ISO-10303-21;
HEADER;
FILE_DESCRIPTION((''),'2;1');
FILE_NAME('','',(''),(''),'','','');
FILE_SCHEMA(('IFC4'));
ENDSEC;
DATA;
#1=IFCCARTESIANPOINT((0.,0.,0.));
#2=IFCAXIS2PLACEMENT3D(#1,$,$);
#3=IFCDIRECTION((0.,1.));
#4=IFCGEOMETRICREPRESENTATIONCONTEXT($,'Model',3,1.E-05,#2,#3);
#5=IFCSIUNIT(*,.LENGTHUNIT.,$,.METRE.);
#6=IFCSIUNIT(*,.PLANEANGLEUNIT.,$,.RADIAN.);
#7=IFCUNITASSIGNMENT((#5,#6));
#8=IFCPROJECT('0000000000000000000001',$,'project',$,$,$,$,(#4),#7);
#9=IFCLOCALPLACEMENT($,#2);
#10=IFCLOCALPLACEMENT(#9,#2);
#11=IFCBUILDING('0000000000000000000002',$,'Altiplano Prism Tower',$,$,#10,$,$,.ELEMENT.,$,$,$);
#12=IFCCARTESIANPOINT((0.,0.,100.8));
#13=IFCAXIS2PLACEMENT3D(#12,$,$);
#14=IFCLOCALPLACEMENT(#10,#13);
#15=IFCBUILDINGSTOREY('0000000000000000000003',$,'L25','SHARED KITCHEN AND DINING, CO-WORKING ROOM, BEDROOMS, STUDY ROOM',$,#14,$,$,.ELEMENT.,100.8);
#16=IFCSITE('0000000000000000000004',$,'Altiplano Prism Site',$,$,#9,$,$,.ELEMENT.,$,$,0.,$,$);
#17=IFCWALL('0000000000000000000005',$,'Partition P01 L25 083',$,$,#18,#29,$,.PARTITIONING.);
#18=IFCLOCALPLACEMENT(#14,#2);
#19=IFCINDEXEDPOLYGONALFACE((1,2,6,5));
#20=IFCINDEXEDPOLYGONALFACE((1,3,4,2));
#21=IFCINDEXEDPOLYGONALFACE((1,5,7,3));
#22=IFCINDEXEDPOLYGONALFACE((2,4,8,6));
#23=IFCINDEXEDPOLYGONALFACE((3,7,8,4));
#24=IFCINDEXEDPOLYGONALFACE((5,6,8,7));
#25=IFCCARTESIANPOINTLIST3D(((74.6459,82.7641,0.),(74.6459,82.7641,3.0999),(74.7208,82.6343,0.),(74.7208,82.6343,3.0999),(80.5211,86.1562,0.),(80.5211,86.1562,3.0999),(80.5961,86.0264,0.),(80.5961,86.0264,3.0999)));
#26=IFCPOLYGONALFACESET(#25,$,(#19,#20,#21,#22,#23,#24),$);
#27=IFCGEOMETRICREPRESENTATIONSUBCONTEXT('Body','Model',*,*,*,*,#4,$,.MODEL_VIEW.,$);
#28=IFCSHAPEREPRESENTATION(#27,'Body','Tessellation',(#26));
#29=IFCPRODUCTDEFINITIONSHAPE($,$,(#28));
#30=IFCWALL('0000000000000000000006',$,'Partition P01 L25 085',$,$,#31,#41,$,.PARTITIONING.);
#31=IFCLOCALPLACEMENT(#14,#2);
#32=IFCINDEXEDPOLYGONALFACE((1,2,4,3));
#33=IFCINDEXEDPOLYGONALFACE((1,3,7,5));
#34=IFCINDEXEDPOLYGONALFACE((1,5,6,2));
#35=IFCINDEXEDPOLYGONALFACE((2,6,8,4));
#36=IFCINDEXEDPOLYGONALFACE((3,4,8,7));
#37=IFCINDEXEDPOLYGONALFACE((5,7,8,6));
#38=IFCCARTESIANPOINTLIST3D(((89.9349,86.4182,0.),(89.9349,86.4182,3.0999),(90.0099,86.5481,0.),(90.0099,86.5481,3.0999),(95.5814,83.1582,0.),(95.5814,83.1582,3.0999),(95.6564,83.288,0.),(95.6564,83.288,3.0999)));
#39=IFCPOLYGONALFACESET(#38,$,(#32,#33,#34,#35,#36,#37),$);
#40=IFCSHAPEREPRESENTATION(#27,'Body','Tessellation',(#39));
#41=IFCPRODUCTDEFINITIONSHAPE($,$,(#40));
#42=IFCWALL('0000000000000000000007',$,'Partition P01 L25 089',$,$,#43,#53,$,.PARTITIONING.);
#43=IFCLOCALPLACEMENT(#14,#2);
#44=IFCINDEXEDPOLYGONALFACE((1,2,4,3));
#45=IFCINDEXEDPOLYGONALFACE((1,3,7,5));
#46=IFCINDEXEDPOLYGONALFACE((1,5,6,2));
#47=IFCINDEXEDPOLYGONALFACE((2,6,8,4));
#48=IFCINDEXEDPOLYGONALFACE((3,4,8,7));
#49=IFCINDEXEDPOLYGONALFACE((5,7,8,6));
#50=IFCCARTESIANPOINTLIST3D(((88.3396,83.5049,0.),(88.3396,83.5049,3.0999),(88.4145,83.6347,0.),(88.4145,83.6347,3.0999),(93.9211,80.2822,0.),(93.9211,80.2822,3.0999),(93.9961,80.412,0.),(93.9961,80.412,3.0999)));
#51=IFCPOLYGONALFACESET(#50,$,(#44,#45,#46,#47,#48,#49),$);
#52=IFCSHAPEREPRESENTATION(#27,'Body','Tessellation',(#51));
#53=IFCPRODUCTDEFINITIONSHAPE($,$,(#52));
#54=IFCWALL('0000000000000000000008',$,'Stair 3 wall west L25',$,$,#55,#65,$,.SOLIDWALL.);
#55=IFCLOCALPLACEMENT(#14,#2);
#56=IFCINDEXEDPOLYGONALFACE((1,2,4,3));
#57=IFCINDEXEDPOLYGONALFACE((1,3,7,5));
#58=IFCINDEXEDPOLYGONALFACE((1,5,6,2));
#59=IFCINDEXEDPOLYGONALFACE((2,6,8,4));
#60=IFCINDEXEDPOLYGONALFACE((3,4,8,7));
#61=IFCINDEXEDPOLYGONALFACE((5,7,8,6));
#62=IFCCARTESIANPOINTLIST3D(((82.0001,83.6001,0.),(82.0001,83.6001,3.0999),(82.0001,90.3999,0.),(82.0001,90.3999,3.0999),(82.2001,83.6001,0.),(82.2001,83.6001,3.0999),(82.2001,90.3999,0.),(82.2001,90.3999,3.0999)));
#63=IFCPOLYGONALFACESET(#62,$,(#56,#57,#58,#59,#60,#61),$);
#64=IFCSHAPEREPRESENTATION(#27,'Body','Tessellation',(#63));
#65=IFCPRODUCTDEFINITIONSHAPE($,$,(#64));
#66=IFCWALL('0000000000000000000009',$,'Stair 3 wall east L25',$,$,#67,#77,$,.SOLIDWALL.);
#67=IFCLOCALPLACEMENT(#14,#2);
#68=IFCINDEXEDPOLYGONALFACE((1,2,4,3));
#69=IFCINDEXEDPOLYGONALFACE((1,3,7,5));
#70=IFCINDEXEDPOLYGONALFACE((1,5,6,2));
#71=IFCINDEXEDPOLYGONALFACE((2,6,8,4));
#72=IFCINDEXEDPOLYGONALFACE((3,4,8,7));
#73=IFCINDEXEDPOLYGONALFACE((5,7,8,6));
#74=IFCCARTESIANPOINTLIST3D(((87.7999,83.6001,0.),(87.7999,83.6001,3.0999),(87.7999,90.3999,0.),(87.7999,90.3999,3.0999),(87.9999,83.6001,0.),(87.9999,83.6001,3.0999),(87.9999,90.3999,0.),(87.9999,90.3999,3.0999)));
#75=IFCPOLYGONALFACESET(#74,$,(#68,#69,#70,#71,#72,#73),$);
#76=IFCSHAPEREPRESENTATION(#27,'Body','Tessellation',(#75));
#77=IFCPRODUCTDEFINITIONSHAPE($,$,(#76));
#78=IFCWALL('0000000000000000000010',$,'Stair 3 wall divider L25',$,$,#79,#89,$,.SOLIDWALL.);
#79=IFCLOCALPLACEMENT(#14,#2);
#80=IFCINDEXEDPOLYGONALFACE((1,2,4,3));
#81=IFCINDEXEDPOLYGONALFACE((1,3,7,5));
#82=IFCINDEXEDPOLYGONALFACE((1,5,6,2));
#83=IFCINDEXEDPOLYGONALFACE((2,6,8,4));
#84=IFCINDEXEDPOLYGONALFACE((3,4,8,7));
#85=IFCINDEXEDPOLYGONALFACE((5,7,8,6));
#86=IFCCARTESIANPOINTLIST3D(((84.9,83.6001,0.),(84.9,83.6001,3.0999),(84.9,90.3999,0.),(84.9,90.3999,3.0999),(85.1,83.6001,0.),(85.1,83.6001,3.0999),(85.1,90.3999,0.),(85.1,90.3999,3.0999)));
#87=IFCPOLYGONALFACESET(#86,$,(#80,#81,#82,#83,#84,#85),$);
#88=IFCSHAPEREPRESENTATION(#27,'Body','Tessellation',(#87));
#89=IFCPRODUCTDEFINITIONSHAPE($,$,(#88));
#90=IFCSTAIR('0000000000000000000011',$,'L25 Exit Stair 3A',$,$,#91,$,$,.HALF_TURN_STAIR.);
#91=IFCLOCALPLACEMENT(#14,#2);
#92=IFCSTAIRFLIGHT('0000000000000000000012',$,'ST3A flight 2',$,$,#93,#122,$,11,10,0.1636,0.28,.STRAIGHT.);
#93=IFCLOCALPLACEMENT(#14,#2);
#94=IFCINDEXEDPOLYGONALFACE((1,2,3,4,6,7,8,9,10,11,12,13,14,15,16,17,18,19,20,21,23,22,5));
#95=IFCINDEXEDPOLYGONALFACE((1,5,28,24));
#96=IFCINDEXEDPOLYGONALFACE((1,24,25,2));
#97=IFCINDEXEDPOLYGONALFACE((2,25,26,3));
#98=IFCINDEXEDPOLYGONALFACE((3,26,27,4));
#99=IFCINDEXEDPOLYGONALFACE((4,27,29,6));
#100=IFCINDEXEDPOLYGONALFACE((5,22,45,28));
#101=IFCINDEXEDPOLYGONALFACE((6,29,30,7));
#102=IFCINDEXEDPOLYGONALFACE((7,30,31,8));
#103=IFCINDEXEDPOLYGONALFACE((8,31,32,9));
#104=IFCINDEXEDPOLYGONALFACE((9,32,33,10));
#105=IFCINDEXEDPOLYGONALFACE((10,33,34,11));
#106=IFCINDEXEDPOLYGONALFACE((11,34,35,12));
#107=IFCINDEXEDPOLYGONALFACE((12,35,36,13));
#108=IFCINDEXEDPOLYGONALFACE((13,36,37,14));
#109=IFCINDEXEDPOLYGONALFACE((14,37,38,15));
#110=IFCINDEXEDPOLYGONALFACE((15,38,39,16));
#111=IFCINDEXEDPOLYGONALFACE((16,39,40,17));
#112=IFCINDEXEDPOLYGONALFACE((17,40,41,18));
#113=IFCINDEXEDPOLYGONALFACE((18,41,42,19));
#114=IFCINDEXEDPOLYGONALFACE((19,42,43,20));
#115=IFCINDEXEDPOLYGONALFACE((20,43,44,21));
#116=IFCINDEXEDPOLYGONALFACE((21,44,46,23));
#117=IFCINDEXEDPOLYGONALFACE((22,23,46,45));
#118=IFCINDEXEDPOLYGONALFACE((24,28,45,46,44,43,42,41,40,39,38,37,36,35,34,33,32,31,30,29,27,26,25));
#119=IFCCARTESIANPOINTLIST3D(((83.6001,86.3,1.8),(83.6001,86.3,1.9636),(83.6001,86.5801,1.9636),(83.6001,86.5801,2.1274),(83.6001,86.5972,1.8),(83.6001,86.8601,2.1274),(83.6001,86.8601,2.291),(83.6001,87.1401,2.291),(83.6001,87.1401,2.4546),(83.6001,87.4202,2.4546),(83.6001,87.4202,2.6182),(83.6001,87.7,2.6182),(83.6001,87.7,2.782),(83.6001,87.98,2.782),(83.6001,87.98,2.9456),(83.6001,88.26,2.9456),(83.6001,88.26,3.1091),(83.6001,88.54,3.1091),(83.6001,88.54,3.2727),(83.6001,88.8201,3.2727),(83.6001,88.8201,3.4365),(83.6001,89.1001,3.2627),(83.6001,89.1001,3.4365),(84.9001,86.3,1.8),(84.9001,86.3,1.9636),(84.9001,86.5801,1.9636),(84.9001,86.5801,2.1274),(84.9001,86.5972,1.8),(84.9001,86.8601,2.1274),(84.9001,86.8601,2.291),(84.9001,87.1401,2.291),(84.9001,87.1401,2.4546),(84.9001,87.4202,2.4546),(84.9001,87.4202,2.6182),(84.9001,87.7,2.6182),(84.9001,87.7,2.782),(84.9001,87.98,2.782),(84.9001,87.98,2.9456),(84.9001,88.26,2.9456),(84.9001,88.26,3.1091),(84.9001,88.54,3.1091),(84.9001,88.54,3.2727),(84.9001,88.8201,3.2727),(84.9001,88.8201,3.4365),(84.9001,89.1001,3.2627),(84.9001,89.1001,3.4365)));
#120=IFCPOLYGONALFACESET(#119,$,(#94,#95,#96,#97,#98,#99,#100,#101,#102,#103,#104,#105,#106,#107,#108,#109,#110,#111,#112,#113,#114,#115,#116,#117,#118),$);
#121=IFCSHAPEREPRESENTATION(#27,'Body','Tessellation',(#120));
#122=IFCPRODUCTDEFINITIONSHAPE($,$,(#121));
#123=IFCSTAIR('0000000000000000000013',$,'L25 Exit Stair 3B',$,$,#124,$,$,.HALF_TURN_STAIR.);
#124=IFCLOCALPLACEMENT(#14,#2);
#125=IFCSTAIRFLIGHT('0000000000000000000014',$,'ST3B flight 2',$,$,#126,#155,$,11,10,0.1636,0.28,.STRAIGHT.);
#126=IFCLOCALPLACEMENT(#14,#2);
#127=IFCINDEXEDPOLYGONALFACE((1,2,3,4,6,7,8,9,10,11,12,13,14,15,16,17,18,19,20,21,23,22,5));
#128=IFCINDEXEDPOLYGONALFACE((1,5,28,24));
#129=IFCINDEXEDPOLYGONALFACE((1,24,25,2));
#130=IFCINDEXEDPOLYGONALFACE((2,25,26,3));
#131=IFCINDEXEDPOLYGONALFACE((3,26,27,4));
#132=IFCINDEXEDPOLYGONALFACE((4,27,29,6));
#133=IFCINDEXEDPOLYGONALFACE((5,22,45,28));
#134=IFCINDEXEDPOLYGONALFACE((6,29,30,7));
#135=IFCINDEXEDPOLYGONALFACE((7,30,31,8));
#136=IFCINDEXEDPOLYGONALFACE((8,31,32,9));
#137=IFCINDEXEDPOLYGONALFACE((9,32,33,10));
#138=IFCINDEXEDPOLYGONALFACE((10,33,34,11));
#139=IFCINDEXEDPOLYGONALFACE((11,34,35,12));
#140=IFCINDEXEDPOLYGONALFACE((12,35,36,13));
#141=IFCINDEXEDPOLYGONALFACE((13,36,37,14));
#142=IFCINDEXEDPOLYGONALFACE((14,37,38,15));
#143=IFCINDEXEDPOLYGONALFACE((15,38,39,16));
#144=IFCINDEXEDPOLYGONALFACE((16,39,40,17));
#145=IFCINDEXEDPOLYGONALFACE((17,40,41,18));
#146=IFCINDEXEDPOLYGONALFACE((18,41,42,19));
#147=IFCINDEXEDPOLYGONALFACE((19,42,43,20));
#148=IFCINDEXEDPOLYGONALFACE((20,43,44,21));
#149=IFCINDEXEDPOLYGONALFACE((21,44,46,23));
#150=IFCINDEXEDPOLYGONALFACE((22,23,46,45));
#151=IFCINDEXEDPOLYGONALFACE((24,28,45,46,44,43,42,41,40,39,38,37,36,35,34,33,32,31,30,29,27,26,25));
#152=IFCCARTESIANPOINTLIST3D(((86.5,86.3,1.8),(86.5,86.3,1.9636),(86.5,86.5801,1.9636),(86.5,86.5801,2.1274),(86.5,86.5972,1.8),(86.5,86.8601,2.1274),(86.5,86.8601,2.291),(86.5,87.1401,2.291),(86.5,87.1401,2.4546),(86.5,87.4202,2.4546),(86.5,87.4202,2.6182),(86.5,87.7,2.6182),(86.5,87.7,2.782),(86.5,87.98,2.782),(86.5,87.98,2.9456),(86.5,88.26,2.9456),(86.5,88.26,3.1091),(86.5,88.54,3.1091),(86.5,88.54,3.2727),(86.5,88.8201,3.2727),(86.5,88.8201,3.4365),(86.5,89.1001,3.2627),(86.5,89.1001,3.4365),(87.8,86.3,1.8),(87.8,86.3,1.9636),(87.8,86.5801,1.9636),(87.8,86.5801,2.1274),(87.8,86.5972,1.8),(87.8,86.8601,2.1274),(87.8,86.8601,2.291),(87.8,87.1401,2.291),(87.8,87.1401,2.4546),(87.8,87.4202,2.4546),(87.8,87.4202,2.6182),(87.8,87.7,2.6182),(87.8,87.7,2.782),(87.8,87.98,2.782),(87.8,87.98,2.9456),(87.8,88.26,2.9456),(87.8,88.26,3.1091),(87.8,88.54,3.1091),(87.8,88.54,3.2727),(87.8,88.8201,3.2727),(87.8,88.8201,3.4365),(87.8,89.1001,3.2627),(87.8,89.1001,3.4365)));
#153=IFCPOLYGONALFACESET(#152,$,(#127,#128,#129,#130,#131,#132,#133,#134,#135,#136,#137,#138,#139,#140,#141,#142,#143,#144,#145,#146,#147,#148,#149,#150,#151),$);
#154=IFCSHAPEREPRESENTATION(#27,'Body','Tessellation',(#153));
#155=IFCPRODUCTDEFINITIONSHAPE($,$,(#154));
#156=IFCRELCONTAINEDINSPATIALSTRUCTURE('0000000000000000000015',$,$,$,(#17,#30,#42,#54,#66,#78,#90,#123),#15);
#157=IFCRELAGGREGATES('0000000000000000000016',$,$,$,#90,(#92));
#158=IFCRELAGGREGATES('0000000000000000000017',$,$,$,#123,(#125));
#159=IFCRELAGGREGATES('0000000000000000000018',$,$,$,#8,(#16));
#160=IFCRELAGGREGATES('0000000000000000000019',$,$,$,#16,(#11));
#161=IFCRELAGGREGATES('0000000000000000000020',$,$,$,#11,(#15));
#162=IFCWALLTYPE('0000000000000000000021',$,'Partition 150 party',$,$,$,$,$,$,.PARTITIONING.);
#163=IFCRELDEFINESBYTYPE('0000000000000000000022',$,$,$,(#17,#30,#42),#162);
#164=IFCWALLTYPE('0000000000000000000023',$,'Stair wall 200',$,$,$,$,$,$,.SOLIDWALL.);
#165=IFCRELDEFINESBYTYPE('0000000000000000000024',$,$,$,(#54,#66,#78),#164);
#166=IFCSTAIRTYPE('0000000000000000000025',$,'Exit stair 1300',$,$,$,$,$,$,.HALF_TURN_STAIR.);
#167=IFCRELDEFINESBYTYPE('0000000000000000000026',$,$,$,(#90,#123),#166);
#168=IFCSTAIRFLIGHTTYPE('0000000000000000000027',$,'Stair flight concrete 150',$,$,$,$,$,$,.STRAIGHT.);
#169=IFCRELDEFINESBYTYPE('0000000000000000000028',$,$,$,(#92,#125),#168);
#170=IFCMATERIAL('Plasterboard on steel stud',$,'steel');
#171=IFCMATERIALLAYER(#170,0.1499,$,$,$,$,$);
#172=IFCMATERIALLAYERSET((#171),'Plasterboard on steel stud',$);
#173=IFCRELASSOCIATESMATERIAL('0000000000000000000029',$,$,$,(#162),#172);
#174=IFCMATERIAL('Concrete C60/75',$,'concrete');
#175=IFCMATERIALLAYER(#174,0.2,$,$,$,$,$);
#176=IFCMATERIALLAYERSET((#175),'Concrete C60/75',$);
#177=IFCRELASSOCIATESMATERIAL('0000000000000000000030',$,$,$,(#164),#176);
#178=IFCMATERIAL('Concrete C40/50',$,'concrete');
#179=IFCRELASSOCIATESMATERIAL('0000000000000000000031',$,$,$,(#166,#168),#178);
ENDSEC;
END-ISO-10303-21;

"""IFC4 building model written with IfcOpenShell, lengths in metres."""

from ifc_helpers import new_model, si_unit, direction, frame, frame_2d, origin, place, context, subcontext, project, spatial, polyline, rectangle, outline, extrude, material, layer, layer_set, type_object, element, aggregate, save


model = new_model("IFC4")

# Units and contexts
model_context = context("Model", 3, precision=1e-05, world=origin(), true_north=direction((0.0, 1.0)))
body_context = subcontext(model_context, "Body", "Model", "MODEL_VIEW")
ifc_project = project(units=[si_unit("LENGTHUNIT", "METRE"), si_unit("PLANEANGLEUNIT", "RADIAN")], contexts=[model_context])

# Site, building, storey
site_placement = place(None, origin())
site = spatial("IfcSite", under=ifc_project, at=site_placement, Name="Altiplano Prism Site", CompositionType="ELEMENT", RefElevation=0.0)
building_placement = place(site_placement, origin())
building = spatial("IfcBuilding", under=site, at=building_placement, Name="Altiplano Prism Tower", CompositionType="ELEMENT")
storey_placement = place(building_placement, frame((0.0, 0.0, 100.8)))
storey = spatial("IfcBuildingStorey", under=building, at=storey_placement, Name="L25", Description="SHARED KITCHEN AND DINING, CO-WORKING ROOM, BEDROOMS, STUDY ROOM", CompositionType="ELEMENT", Elevation=100.8)

# Shared definitions
ifc_material_1 = material(Name="Concrete C60/75", Category="concrete")

# Shared definitions
ifc_material_2 = material(Name="Plasterboard on steel stud", Category="steel")

# Walls
ifc_layer_1 = layer(ifc_material_2, 0.1499)
ifc_layer_set_1 = layer_set([ifc_layer_1], Name="Plasterboard on steel stud")
wall_type_1 = type_object("IfcWallType", Name="Partition 150 party", PredefinedType="PARTITIONING", material=ifc_layer_set_1)
wall_1_placement = place(storey_placement, frame((80.5586, 86.0913, 0.0), z_axis=(0.0, 0.0, 1.0), x_axis=(-0.866024, -0.500002, 0.0)))
element("IfcWall", 1, at=wall_1_placement, inside=storey, type_object=wall_type_1, Name="Partition P01 L25 083", PredefinedType="PARTITIONING", context=body_context, shape_type="SweptSolid", body=[
    extrude(rectangle(XDim=6.7842, YDim=0.1499, at=frame_2d((3.3921, 0.0))), origin(), (0.0, 0.0, 1.0), 3.0999),
])
wall_2_placement = place(storey_placement, frame((89.9724, 86.4832, 0.0), z_axis=(0.0, 0.0, 1.0), x_axis=(0.866025, -0.500001, 0.0)))
element("IfcWall", 2, at=wall_2_placement, inside=storey, type_object=wall_type_1, Name="Partition P01 L25 085", PredefinedType="PARTITIONING", context=body_context, shape_type="SweptSolid", body=[
    extrude(rectangle(XDim=6.52, YDim=0.1499, at=frame_2d((3.26, 0.0))), origin(), (0.0, 0.0, 1.0), 3.0999),
])
wall_3_placement = place(storey_placement, frame((88.377, 83.5698, 0.0), z_axis=(0.0, 0.0, 1.0), x_axis=(0.866015, -0.500018, 0.0)))
element("IfcWall", 3, at=wall_3_placement, inside=storey, type_object=wall_type_1, Name="Partition P01 L25 089", PredefinedType="PARTITIONING", context=body_context, shape_type="SweptSolid", body=[
    extrude(rectangle(XDim=6.4451, YDim=0.1499, at=frame_2d((3.2227, 0.0))), origin(), (0.0, 0.0, 1.0), 3.0999),
])
ifc_layer_2 = layer(ifc_material_1, 0.2)
ifc_layer_set_2 = layer_set([ifc_layer_2], Name="Concrete C60/75")
wall_type_2 = type_object("IfcWallType", Name="Stair wall 200", PredefinedType="SOLIDWALL", material=ifc_layer_set_2)
for number, where, z_axis, x_axis, name in (
    (4, (82.1001, 83.6001, 0.0), (0.0, 0.0, 1.0), (0.0, 1.0, 0.0), "Stair 3 wall west L25"),
    (5, (87.8999, 83.6001, 0.0), (0.0, 0.0, 1.0), (0.0, 1.0, 0.0), "Stair 3 wall east L25"),
    (6, (85.0, 83.6001, 0.0), (0.0, 0.0, 1.0), (0.0, 1.0, 0.0), "Stair 3 wall divider L25"),
):
    element("IfcWall", number, at=place(storey_placement, frame(where, z_axis=z_axis, x_axis=x_axis)), inside=storey, type_object=wall_type_2, Name=name, PredefinedType="SOLIDWALL", context=body_context, shape_type="SweptSolid", body=[
        extrude(rectangle(XDim=6.7998, YDim=0.2, at=frame_2d((3.3999, 0.0))), origin(), (0.0, 0.0, 1.0), 3.0999),
    ])

# Stairs, stair flights
ifc_material_3 = material(Name="Concrete C40/50", Category="concrete")
stair_type = type_object("IfcStairType", Name="Exit stair 1300", PredefinedType="HALF_TURN_STAIR", material=ifc_material_3)
stair_1_placement = place(storey_placement, origin())
stair_1 = element("IfcStair", 7, at=stair_1_placement, inside=storey, type_object=stair_type, Name="L25 Exit Stair 3A", PredefinedType="HALF_TURN_STAIR")
stair_flight_type = type_object("IfcStairFlightType", Name="Stair flight concrete 150", PredefinedType="STRAIGHT", material=ifc_material_3)
stair_flight_1_placement = place(storey_placement, frame((84.25, 86.3, 1.8), z_axis=(0.0, 0.0, 1.0), x_axis=(0.0, 1.0, 0.0)))
stair_flight_1 = element("IfcStairFlight", 8, at=stair_flight_1_placement, type_object=stair_flight_type, Name="ST3A flight 2", NumberOfRisers=11, NumberOfTreads=10, PredefinedType="STRAIGHT", RiserHeight=0.1636, TreadLength=0.28, context=body_context, shape_type="SweptSolid", body=[
    extrude(outline(polyline([(0.0, 0.0), (0.0, 0.1636), (0.28, 0.1636), (0.28, 0.3274), (0.5601, 0.3274), (0.5601, 0.491), (0.8401, 0.491), (0.8401, 0.6545), (1.1201, 0.6545), (1.1201, 0.8181), (1.3999, 0.8181), (1.3999, 0.9819), (1.6799, 0.9819), (1.6799, 1.1455), (1.96, 1.1455), (1.96, 1.3091), (2.24, 1.3091), (2.24, 1.4727), (2.52, 1.4727), (2.52, 1.6365), (2.8, 1.6365), (2.8, 1.8), (2.8, 1.4626), (0.2971, 0.0), (0.0, 0.0)])), frame((0.0, 0.6499, 0.0), z_axis=(0.0, -1.0, 0.0), x_axis=(1.0, 0.0, 0.0)), (0.0, 0.0, 1.0), 1.3),
])
aggregate(stair_1, [stair_flight_1])
stair_2_placement = place(storey_placement, origin())
stair_2 = element("IfcStair", 9, at=stair_2_placement, inside=storey, type_object=stair_type, Name="L25 Exit Stair 3B", PredefinedType="HALF_TURN_STAIR")
stair_flight_2_placement = place(storey_placement, frame((87.1499, 86.3, 1.8), z_axis=(0.0, 0.0, 1.0), x_axis=(0.0, 1.0, 0.0)))
stair_flight_2 = element("IfcStairFlight", 10, at=stair_flight_2_placement, type_object=stair_flight_type, Name="ST3B flight 2", NumberOfRisers=11, NumberOfTreads=10, PredefinedType="STRAIGHT", RiserHeight=0.1636, TreadLength=0.28, context=body_context, shape_type="SweptSolid", body=[
    extrude(outline(polyline([(0.0, 0.0), (0.0, 0.1636), (0.28, 0.1636), (0.28, 0.3274), (0.5601, 0.3274), (0.5601, 0.491), (0.8401, 0.491), (0.8401, 0.6545), (1.1201, 0.6545), (1.1201, 0.8181), (1.3999, 0.8181), (1.3999, 0.9819), (1.6799, 0.9819), (1.6799, 1.1455), (1.96, 1.1455), (1.96, 1.3091), (2.24, 1.3091), (2.24, 1.4727), (2.52, 1.4727), (2.52, 1.6365), (2.8, 1.6365), (2.8, 1.8), (2.8, 1.4626), (0.2971, 0.0), (0.0, 0.0)])), frame((0.0, 0.6499, 0.0), z_axis=(0.0, -1.0, 0.0), x_axis=(1.0, 0.0, 0.0)), (0.0, 0.0, 1.0), 1.3),
])
aggregate(stair_2, [stair_flight_2])

save(model, "model.ifc")
